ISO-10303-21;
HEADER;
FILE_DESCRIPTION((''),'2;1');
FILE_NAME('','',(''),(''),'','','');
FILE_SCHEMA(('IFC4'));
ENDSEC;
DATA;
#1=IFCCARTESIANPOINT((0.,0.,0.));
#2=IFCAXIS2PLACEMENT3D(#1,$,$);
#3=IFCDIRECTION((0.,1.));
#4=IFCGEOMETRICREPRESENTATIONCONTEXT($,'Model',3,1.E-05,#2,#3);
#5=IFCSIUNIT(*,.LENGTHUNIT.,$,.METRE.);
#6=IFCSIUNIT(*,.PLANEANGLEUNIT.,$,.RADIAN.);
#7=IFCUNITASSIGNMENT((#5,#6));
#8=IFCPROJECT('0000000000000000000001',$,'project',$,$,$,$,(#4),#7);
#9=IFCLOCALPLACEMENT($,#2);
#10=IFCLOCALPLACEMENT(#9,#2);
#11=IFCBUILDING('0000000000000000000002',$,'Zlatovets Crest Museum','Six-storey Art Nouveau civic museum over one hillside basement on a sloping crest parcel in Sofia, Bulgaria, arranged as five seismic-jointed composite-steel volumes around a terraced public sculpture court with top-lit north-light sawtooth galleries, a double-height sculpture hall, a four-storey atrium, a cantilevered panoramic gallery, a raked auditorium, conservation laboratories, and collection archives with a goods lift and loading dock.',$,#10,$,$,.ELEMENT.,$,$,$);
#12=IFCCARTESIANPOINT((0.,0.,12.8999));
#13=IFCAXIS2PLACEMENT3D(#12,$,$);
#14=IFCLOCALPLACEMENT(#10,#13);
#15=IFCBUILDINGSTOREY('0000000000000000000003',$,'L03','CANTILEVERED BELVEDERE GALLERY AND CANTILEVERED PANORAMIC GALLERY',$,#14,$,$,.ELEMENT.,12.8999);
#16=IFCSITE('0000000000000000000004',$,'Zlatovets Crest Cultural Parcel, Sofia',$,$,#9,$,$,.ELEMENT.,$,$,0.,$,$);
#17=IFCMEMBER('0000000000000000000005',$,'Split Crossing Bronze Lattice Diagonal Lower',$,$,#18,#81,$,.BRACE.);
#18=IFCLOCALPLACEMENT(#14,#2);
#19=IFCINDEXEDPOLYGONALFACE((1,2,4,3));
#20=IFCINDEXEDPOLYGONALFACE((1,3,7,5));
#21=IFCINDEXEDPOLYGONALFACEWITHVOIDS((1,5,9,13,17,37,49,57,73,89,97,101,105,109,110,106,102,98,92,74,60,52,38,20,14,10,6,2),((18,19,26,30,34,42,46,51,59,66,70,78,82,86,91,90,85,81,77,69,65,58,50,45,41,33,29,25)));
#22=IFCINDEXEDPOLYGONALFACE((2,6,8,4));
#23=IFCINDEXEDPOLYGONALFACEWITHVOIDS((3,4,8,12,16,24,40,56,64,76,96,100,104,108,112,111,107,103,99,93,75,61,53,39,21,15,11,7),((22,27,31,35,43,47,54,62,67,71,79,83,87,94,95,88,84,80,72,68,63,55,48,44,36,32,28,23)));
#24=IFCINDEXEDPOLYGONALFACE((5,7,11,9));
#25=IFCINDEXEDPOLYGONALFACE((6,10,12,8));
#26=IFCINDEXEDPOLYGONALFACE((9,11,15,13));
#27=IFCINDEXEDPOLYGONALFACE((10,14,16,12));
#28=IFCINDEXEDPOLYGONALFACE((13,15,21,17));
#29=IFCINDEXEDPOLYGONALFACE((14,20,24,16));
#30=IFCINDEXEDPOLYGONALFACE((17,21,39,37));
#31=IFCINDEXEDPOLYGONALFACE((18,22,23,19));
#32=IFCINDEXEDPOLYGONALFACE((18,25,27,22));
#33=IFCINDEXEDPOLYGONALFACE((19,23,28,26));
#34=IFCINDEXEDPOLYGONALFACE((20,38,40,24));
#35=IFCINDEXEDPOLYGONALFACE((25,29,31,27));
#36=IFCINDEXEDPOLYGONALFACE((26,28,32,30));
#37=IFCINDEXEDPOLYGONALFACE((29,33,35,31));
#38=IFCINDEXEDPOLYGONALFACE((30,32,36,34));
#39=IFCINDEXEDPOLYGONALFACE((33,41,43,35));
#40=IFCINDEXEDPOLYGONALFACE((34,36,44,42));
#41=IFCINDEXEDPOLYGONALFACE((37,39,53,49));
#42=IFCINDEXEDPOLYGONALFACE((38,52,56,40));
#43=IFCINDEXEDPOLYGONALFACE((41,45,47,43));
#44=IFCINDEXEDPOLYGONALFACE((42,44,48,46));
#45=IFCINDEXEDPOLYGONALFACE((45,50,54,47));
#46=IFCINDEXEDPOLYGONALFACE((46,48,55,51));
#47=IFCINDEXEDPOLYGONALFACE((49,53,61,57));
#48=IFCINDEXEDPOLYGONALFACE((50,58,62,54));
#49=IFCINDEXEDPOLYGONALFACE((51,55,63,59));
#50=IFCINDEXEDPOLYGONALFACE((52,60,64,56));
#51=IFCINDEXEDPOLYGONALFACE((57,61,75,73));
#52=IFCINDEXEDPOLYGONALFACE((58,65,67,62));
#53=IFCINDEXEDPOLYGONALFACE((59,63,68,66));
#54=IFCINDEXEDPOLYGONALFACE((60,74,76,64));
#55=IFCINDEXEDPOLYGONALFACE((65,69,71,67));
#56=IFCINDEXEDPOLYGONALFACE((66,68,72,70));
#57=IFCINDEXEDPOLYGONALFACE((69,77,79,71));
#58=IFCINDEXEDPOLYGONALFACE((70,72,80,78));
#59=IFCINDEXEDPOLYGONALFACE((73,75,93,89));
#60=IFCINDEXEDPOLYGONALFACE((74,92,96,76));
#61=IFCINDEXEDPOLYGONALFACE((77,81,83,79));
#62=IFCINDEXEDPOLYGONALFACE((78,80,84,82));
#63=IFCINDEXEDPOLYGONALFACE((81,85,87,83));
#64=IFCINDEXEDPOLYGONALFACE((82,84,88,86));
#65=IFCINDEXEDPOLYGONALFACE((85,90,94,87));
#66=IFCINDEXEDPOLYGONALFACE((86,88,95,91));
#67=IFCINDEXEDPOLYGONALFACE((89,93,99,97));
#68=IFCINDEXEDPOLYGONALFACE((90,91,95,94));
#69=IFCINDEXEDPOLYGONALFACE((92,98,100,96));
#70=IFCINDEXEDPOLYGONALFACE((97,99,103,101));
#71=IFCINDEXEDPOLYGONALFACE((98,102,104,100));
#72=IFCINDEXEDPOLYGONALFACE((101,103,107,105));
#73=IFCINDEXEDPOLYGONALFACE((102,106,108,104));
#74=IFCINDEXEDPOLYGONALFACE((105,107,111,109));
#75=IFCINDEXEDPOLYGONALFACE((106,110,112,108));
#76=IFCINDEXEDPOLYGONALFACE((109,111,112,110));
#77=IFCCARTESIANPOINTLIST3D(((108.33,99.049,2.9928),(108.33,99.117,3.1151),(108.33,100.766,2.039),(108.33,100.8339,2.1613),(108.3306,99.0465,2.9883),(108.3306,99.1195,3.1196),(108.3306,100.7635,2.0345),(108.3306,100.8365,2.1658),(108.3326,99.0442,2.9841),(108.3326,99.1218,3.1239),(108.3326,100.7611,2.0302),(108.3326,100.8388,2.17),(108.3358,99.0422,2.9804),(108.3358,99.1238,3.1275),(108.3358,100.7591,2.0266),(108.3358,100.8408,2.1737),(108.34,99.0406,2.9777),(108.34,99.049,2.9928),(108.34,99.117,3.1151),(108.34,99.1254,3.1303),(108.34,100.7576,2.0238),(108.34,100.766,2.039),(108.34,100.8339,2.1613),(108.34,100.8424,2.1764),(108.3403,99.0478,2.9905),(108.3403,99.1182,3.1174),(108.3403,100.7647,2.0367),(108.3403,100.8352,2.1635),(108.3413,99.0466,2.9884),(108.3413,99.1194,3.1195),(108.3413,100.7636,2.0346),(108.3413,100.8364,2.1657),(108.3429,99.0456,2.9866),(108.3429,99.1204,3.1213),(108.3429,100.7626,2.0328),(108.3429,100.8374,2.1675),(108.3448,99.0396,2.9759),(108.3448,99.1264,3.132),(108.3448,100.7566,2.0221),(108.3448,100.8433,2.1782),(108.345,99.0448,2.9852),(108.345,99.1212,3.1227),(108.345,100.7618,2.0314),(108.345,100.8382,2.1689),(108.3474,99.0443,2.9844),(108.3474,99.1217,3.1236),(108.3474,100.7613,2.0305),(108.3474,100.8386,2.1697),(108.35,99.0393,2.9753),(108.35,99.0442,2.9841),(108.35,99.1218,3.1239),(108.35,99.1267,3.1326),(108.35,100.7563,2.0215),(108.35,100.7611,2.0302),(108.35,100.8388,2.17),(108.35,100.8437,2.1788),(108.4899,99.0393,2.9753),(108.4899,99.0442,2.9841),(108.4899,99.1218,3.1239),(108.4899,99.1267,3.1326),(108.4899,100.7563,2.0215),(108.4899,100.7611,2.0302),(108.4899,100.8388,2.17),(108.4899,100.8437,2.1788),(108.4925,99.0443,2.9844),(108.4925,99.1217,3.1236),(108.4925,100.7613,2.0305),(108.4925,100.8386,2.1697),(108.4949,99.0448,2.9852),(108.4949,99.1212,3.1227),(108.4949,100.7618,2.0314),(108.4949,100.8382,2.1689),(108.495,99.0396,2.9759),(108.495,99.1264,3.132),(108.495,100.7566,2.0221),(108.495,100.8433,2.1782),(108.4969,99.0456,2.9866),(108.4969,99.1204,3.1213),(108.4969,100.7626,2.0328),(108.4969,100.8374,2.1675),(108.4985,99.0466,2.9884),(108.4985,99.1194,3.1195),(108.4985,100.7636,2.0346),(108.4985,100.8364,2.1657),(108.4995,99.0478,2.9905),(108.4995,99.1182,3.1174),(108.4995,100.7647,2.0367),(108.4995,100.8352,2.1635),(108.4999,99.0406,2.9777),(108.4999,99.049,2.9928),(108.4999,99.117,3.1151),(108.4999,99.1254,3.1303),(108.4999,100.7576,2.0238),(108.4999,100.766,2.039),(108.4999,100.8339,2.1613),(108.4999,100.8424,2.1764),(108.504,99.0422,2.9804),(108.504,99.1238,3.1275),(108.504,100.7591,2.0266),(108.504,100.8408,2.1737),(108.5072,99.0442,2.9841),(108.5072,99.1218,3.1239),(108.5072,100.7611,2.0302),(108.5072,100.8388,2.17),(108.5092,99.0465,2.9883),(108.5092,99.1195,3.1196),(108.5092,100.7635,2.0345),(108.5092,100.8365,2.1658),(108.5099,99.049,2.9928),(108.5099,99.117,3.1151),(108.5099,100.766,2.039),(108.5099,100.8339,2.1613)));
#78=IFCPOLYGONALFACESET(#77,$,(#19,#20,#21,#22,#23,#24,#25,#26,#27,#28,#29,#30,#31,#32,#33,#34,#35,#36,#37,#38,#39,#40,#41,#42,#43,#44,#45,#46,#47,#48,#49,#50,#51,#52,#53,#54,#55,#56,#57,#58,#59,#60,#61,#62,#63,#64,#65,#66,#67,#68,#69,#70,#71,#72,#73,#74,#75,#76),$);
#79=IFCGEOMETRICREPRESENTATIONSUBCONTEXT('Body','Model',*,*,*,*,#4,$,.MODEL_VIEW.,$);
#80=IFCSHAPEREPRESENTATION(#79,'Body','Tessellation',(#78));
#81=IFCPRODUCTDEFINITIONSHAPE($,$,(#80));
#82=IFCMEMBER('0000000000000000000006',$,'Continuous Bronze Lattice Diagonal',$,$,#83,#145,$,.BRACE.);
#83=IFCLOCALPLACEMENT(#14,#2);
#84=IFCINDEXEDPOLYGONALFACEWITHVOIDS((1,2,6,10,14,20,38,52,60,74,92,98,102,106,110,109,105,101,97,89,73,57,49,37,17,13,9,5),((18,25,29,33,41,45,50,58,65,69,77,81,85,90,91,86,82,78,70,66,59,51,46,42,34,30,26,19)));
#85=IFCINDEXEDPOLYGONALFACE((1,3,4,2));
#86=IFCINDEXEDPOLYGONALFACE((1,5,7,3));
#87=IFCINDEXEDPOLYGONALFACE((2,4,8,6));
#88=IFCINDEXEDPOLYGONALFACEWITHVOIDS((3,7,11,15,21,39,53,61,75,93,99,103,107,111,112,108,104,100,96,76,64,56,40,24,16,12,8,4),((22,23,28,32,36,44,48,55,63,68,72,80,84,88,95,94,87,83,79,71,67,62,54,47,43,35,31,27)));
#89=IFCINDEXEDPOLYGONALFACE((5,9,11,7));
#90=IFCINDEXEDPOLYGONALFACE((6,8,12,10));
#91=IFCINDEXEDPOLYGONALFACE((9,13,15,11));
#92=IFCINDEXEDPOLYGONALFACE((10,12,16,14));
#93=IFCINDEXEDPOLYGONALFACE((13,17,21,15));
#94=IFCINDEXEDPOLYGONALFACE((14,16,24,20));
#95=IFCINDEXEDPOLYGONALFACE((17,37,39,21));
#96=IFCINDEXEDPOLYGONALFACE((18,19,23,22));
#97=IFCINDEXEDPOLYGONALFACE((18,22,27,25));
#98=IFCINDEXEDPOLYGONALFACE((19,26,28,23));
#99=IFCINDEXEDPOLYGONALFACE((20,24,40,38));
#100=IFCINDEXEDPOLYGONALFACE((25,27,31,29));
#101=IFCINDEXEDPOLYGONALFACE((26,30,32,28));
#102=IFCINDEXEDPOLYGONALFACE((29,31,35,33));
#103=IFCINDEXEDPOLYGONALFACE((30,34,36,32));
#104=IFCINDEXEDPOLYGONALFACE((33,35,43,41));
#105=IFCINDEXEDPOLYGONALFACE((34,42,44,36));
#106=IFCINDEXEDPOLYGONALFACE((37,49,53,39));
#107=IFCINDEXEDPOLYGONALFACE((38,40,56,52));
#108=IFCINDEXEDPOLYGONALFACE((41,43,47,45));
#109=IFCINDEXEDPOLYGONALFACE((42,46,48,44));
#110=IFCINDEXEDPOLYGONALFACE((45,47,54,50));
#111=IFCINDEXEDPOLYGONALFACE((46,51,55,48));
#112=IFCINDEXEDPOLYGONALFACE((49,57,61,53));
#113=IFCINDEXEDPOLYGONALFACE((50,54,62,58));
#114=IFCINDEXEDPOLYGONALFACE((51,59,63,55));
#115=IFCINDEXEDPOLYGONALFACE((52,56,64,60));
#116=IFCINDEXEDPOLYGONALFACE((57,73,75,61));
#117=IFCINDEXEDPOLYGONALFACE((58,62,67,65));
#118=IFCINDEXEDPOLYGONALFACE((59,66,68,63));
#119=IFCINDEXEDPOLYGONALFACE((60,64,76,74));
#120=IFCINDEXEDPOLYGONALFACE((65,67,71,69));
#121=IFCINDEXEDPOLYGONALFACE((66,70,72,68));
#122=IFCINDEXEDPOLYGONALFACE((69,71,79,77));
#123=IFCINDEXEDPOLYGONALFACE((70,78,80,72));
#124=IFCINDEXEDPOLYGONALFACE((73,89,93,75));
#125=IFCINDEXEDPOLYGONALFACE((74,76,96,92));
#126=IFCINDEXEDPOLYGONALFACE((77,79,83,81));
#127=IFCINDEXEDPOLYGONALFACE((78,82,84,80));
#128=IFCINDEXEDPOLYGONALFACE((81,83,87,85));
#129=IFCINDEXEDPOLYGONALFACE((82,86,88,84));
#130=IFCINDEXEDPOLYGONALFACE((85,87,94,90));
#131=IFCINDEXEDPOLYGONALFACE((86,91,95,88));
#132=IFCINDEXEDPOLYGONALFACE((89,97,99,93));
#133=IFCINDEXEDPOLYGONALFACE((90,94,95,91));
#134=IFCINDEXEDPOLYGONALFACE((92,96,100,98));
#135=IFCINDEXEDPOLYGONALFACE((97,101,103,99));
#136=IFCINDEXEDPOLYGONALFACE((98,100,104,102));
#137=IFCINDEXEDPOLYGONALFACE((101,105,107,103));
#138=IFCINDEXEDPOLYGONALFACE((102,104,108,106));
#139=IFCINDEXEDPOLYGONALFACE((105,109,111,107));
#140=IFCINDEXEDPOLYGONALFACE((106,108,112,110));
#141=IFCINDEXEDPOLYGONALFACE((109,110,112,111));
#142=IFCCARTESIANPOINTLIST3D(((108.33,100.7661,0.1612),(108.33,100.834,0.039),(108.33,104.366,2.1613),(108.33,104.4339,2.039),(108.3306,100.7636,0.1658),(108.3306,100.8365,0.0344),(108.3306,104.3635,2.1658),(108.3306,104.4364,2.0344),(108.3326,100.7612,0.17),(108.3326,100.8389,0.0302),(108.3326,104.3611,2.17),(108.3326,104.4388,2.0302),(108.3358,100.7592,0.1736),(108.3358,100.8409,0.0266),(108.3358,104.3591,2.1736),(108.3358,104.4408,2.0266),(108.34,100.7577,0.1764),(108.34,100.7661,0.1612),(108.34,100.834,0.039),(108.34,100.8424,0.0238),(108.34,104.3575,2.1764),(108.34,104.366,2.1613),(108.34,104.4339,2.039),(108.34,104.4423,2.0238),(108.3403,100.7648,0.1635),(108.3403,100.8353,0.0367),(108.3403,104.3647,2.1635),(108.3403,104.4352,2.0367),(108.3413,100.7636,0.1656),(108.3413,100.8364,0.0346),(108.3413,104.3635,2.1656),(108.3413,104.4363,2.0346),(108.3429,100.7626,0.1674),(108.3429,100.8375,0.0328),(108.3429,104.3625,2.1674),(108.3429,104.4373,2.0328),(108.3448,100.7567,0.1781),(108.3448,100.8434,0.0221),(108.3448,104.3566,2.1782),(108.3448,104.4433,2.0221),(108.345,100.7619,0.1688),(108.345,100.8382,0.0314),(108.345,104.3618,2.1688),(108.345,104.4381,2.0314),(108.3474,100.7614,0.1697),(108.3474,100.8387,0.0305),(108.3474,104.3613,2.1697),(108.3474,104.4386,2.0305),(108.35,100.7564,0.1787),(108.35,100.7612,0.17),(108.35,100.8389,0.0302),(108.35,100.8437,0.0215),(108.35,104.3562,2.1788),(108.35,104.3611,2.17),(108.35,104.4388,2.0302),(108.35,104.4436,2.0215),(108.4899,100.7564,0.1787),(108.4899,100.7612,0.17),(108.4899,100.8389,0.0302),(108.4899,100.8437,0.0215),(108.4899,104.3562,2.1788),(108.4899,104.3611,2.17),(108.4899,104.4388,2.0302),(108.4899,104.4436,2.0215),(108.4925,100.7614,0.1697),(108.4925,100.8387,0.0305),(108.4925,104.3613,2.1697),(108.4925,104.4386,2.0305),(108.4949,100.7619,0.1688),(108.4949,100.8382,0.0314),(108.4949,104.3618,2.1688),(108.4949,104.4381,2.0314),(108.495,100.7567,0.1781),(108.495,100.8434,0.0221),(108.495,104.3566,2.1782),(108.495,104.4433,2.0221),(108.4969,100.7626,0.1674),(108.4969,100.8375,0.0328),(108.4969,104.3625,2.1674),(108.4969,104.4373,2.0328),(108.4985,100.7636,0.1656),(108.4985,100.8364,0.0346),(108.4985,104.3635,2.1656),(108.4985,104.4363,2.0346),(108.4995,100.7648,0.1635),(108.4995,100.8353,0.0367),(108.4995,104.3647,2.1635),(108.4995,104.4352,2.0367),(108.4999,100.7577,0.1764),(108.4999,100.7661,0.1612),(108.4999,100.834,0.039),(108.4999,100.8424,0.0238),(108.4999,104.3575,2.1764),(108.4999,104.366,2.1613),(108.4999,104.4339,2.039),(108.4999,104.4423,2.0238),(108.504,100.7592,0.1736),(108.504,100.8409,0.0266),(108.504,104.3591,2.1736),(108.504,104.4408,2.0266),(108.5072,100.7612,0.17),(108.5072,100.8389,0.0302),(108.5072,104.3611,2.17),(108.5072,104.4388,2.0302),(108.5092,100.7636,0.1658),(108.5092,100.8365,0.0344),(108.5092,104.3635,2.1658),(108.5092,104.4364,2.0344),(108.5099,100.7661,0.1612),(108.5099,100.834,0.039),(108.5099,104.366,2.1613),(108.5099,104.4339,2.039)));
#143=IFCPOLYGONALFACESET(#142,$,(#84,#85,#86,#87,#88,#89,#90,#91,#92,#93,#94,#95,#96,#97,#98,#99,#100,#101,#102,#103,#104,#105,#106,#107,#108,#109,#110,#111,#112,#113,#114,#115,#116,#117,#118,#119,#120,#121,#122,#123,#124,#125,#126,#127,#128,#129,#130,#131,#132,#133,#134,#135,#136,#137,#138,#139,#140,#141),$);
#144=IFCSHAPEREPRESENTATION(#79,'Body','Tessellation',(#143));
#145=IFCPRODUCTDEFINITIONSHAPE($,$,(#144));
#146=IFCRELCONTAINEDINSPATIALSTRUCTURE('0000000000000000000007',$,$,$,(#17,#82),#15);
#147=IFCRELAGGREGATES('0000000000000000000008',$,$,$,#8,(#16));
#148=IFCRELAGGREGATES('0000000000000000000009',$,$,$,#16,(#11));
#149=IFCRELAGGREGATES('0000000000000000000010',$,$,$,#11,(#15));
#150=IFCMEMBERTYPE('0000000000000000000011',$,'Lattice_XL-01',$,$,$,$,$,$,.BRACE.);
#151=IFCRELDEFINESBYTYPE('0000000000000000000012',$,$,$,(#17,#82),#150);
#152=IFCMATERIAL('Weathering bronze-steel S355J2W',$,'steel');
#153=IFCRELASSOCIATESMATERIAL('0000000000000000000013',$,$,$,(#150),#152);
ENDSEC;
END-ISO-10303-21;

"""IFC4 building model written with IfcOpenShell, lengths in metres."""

from ifc_helpers import new_model, si_unit, direction, frame, origin, origin_2d, place, context, subcontext, project, spatial, hollow_rectangle, extrude, material, material_profile, profile_set, type_object, element, save


model = new_model("IFC4")

# Units and contexts
model_context = context("Model", 3, precision=1e-05, world=origin(), true_north=direction((0.0, 1.0)))
body_context = subcontext(model_context, "Body", "Model", "MODEL_VIEW")
ifc_project = project(units=[si_unit("LENGTHUNIT", "METRE"), si_unit("PLANEANGLEUNIT", "RADIAN")], contexts=[model_context])

# Site, building, storey
site_placement = place(None, origin())
site = spatial("IfcSite", under=ifc_project, at=site_placement, Name="Zlatovets Crest Cultural Parcel, Sofia", CompositionType="ELEMENT", RefElevation=0.0)
building_placement = place(site_placement, origin())
building = spatial("IfcBuilding", under=site, at=building_placement, Name="Zlatovets Crest Museum", Description="Six-storey Art Nouveau civic museum over one hillside basement on a sloping crest parcel in Sofia, Bulgaria, arranged as five seismic-jointed composite-steel volumes around a terraced public sculpture court with top-lit north-light sawtooth galleries, a double-height sculpture hall, a four-storey atrium, a cantilevered panoramic gallery, a raked auditorium, conservation laboratories, and collection archives with a goods lift and loading dock.", CompositionType="ELEMENT")
storey_placement = place(building_placement, frame((0.0, 0.0, 12.8999)))
storey = spatial("IfcBuildingStorey", under=building, at=storey_placement, Name="L03", Description="CANTILEVERED BELVEDERE GALLERY AND CANTILEVERED PANORAMIC GALLERY", CompositionType="ELEMENT", Elevation=12.8999)

# Members
ifc_material_1 = material(Name="Weathering bronze-steel S355J2W", Category="steel")
ifc_material_profile_1 = material_profile(ifc_material_1, hollow_rectangle(XDim=0.1799, YDim=0.1799, WallThickness=0.01, InnerFilletRadius=0.01, OuterFilletRadius=0.02, at=origin_2d()), Name="SHS 180x180x10.0")
ifc_profile_set_1 = profile_set([ifc_material_profile_1], Name="Weathering bronze-steel S355J2W")
member_type_1 = type_object("IfcMemberType", Name="Lattice_XL-01", PredefinedType="BRACE", material=ifc_profile_set_1)
for number, where, z_axis, x_axis, name in (
    (1, (108.4199, 99.083, 3.054), (0.0, 0.874169, -0.485622), (-1.0, 0.0, 0.0), "Split Crossing Bronze Lattice Diagonal Lower"),
):
    element("IfcMember", number, at=place(storey_placement, frame(where, z_axis=z_axis, x_axis=x_axis)), inside=storey, type_object=member_type_1, Name=name, PredefinedType="BRACE", context=body_context, shape_type="SweptSolid", body=[
        extrude(hollow_rectangle(XDim=0.1799, YDim=0.1799, WallThickness=0.01, InnerFilletRadius=0.01, OuterFilletRadius=0.02, at=origin_2d()), origin(), (0.0, 0.0, 1.0), 1.9641),
    ])
member_1_placement = place(storey_placement, frame((108.4199, 100.8, 0.1001), z_axis=(0.0, 0.874149, 0.485658), x_axis=(-1.0, 0.0, 0.0)))
element("IfcMember", 2, at=member_1_placement, inside=storey, type_object=member_type_1, Name="Continuous Bronze Lattice Diagonal", PredefinedType="BRACE", context=body_context, shape_type="SweptSolid", body=[
    extrude(hollow_rectangle(XDim=0.1799, YDim=0.1799, WallThickness=0.01, InnerFilletRadius=0.01, OuterFilletRadius=0.02, at=origin_2d()), origin(), (0.0, 0.0, 1.0), 4.1182),
])

save(model, "model.ifc")
